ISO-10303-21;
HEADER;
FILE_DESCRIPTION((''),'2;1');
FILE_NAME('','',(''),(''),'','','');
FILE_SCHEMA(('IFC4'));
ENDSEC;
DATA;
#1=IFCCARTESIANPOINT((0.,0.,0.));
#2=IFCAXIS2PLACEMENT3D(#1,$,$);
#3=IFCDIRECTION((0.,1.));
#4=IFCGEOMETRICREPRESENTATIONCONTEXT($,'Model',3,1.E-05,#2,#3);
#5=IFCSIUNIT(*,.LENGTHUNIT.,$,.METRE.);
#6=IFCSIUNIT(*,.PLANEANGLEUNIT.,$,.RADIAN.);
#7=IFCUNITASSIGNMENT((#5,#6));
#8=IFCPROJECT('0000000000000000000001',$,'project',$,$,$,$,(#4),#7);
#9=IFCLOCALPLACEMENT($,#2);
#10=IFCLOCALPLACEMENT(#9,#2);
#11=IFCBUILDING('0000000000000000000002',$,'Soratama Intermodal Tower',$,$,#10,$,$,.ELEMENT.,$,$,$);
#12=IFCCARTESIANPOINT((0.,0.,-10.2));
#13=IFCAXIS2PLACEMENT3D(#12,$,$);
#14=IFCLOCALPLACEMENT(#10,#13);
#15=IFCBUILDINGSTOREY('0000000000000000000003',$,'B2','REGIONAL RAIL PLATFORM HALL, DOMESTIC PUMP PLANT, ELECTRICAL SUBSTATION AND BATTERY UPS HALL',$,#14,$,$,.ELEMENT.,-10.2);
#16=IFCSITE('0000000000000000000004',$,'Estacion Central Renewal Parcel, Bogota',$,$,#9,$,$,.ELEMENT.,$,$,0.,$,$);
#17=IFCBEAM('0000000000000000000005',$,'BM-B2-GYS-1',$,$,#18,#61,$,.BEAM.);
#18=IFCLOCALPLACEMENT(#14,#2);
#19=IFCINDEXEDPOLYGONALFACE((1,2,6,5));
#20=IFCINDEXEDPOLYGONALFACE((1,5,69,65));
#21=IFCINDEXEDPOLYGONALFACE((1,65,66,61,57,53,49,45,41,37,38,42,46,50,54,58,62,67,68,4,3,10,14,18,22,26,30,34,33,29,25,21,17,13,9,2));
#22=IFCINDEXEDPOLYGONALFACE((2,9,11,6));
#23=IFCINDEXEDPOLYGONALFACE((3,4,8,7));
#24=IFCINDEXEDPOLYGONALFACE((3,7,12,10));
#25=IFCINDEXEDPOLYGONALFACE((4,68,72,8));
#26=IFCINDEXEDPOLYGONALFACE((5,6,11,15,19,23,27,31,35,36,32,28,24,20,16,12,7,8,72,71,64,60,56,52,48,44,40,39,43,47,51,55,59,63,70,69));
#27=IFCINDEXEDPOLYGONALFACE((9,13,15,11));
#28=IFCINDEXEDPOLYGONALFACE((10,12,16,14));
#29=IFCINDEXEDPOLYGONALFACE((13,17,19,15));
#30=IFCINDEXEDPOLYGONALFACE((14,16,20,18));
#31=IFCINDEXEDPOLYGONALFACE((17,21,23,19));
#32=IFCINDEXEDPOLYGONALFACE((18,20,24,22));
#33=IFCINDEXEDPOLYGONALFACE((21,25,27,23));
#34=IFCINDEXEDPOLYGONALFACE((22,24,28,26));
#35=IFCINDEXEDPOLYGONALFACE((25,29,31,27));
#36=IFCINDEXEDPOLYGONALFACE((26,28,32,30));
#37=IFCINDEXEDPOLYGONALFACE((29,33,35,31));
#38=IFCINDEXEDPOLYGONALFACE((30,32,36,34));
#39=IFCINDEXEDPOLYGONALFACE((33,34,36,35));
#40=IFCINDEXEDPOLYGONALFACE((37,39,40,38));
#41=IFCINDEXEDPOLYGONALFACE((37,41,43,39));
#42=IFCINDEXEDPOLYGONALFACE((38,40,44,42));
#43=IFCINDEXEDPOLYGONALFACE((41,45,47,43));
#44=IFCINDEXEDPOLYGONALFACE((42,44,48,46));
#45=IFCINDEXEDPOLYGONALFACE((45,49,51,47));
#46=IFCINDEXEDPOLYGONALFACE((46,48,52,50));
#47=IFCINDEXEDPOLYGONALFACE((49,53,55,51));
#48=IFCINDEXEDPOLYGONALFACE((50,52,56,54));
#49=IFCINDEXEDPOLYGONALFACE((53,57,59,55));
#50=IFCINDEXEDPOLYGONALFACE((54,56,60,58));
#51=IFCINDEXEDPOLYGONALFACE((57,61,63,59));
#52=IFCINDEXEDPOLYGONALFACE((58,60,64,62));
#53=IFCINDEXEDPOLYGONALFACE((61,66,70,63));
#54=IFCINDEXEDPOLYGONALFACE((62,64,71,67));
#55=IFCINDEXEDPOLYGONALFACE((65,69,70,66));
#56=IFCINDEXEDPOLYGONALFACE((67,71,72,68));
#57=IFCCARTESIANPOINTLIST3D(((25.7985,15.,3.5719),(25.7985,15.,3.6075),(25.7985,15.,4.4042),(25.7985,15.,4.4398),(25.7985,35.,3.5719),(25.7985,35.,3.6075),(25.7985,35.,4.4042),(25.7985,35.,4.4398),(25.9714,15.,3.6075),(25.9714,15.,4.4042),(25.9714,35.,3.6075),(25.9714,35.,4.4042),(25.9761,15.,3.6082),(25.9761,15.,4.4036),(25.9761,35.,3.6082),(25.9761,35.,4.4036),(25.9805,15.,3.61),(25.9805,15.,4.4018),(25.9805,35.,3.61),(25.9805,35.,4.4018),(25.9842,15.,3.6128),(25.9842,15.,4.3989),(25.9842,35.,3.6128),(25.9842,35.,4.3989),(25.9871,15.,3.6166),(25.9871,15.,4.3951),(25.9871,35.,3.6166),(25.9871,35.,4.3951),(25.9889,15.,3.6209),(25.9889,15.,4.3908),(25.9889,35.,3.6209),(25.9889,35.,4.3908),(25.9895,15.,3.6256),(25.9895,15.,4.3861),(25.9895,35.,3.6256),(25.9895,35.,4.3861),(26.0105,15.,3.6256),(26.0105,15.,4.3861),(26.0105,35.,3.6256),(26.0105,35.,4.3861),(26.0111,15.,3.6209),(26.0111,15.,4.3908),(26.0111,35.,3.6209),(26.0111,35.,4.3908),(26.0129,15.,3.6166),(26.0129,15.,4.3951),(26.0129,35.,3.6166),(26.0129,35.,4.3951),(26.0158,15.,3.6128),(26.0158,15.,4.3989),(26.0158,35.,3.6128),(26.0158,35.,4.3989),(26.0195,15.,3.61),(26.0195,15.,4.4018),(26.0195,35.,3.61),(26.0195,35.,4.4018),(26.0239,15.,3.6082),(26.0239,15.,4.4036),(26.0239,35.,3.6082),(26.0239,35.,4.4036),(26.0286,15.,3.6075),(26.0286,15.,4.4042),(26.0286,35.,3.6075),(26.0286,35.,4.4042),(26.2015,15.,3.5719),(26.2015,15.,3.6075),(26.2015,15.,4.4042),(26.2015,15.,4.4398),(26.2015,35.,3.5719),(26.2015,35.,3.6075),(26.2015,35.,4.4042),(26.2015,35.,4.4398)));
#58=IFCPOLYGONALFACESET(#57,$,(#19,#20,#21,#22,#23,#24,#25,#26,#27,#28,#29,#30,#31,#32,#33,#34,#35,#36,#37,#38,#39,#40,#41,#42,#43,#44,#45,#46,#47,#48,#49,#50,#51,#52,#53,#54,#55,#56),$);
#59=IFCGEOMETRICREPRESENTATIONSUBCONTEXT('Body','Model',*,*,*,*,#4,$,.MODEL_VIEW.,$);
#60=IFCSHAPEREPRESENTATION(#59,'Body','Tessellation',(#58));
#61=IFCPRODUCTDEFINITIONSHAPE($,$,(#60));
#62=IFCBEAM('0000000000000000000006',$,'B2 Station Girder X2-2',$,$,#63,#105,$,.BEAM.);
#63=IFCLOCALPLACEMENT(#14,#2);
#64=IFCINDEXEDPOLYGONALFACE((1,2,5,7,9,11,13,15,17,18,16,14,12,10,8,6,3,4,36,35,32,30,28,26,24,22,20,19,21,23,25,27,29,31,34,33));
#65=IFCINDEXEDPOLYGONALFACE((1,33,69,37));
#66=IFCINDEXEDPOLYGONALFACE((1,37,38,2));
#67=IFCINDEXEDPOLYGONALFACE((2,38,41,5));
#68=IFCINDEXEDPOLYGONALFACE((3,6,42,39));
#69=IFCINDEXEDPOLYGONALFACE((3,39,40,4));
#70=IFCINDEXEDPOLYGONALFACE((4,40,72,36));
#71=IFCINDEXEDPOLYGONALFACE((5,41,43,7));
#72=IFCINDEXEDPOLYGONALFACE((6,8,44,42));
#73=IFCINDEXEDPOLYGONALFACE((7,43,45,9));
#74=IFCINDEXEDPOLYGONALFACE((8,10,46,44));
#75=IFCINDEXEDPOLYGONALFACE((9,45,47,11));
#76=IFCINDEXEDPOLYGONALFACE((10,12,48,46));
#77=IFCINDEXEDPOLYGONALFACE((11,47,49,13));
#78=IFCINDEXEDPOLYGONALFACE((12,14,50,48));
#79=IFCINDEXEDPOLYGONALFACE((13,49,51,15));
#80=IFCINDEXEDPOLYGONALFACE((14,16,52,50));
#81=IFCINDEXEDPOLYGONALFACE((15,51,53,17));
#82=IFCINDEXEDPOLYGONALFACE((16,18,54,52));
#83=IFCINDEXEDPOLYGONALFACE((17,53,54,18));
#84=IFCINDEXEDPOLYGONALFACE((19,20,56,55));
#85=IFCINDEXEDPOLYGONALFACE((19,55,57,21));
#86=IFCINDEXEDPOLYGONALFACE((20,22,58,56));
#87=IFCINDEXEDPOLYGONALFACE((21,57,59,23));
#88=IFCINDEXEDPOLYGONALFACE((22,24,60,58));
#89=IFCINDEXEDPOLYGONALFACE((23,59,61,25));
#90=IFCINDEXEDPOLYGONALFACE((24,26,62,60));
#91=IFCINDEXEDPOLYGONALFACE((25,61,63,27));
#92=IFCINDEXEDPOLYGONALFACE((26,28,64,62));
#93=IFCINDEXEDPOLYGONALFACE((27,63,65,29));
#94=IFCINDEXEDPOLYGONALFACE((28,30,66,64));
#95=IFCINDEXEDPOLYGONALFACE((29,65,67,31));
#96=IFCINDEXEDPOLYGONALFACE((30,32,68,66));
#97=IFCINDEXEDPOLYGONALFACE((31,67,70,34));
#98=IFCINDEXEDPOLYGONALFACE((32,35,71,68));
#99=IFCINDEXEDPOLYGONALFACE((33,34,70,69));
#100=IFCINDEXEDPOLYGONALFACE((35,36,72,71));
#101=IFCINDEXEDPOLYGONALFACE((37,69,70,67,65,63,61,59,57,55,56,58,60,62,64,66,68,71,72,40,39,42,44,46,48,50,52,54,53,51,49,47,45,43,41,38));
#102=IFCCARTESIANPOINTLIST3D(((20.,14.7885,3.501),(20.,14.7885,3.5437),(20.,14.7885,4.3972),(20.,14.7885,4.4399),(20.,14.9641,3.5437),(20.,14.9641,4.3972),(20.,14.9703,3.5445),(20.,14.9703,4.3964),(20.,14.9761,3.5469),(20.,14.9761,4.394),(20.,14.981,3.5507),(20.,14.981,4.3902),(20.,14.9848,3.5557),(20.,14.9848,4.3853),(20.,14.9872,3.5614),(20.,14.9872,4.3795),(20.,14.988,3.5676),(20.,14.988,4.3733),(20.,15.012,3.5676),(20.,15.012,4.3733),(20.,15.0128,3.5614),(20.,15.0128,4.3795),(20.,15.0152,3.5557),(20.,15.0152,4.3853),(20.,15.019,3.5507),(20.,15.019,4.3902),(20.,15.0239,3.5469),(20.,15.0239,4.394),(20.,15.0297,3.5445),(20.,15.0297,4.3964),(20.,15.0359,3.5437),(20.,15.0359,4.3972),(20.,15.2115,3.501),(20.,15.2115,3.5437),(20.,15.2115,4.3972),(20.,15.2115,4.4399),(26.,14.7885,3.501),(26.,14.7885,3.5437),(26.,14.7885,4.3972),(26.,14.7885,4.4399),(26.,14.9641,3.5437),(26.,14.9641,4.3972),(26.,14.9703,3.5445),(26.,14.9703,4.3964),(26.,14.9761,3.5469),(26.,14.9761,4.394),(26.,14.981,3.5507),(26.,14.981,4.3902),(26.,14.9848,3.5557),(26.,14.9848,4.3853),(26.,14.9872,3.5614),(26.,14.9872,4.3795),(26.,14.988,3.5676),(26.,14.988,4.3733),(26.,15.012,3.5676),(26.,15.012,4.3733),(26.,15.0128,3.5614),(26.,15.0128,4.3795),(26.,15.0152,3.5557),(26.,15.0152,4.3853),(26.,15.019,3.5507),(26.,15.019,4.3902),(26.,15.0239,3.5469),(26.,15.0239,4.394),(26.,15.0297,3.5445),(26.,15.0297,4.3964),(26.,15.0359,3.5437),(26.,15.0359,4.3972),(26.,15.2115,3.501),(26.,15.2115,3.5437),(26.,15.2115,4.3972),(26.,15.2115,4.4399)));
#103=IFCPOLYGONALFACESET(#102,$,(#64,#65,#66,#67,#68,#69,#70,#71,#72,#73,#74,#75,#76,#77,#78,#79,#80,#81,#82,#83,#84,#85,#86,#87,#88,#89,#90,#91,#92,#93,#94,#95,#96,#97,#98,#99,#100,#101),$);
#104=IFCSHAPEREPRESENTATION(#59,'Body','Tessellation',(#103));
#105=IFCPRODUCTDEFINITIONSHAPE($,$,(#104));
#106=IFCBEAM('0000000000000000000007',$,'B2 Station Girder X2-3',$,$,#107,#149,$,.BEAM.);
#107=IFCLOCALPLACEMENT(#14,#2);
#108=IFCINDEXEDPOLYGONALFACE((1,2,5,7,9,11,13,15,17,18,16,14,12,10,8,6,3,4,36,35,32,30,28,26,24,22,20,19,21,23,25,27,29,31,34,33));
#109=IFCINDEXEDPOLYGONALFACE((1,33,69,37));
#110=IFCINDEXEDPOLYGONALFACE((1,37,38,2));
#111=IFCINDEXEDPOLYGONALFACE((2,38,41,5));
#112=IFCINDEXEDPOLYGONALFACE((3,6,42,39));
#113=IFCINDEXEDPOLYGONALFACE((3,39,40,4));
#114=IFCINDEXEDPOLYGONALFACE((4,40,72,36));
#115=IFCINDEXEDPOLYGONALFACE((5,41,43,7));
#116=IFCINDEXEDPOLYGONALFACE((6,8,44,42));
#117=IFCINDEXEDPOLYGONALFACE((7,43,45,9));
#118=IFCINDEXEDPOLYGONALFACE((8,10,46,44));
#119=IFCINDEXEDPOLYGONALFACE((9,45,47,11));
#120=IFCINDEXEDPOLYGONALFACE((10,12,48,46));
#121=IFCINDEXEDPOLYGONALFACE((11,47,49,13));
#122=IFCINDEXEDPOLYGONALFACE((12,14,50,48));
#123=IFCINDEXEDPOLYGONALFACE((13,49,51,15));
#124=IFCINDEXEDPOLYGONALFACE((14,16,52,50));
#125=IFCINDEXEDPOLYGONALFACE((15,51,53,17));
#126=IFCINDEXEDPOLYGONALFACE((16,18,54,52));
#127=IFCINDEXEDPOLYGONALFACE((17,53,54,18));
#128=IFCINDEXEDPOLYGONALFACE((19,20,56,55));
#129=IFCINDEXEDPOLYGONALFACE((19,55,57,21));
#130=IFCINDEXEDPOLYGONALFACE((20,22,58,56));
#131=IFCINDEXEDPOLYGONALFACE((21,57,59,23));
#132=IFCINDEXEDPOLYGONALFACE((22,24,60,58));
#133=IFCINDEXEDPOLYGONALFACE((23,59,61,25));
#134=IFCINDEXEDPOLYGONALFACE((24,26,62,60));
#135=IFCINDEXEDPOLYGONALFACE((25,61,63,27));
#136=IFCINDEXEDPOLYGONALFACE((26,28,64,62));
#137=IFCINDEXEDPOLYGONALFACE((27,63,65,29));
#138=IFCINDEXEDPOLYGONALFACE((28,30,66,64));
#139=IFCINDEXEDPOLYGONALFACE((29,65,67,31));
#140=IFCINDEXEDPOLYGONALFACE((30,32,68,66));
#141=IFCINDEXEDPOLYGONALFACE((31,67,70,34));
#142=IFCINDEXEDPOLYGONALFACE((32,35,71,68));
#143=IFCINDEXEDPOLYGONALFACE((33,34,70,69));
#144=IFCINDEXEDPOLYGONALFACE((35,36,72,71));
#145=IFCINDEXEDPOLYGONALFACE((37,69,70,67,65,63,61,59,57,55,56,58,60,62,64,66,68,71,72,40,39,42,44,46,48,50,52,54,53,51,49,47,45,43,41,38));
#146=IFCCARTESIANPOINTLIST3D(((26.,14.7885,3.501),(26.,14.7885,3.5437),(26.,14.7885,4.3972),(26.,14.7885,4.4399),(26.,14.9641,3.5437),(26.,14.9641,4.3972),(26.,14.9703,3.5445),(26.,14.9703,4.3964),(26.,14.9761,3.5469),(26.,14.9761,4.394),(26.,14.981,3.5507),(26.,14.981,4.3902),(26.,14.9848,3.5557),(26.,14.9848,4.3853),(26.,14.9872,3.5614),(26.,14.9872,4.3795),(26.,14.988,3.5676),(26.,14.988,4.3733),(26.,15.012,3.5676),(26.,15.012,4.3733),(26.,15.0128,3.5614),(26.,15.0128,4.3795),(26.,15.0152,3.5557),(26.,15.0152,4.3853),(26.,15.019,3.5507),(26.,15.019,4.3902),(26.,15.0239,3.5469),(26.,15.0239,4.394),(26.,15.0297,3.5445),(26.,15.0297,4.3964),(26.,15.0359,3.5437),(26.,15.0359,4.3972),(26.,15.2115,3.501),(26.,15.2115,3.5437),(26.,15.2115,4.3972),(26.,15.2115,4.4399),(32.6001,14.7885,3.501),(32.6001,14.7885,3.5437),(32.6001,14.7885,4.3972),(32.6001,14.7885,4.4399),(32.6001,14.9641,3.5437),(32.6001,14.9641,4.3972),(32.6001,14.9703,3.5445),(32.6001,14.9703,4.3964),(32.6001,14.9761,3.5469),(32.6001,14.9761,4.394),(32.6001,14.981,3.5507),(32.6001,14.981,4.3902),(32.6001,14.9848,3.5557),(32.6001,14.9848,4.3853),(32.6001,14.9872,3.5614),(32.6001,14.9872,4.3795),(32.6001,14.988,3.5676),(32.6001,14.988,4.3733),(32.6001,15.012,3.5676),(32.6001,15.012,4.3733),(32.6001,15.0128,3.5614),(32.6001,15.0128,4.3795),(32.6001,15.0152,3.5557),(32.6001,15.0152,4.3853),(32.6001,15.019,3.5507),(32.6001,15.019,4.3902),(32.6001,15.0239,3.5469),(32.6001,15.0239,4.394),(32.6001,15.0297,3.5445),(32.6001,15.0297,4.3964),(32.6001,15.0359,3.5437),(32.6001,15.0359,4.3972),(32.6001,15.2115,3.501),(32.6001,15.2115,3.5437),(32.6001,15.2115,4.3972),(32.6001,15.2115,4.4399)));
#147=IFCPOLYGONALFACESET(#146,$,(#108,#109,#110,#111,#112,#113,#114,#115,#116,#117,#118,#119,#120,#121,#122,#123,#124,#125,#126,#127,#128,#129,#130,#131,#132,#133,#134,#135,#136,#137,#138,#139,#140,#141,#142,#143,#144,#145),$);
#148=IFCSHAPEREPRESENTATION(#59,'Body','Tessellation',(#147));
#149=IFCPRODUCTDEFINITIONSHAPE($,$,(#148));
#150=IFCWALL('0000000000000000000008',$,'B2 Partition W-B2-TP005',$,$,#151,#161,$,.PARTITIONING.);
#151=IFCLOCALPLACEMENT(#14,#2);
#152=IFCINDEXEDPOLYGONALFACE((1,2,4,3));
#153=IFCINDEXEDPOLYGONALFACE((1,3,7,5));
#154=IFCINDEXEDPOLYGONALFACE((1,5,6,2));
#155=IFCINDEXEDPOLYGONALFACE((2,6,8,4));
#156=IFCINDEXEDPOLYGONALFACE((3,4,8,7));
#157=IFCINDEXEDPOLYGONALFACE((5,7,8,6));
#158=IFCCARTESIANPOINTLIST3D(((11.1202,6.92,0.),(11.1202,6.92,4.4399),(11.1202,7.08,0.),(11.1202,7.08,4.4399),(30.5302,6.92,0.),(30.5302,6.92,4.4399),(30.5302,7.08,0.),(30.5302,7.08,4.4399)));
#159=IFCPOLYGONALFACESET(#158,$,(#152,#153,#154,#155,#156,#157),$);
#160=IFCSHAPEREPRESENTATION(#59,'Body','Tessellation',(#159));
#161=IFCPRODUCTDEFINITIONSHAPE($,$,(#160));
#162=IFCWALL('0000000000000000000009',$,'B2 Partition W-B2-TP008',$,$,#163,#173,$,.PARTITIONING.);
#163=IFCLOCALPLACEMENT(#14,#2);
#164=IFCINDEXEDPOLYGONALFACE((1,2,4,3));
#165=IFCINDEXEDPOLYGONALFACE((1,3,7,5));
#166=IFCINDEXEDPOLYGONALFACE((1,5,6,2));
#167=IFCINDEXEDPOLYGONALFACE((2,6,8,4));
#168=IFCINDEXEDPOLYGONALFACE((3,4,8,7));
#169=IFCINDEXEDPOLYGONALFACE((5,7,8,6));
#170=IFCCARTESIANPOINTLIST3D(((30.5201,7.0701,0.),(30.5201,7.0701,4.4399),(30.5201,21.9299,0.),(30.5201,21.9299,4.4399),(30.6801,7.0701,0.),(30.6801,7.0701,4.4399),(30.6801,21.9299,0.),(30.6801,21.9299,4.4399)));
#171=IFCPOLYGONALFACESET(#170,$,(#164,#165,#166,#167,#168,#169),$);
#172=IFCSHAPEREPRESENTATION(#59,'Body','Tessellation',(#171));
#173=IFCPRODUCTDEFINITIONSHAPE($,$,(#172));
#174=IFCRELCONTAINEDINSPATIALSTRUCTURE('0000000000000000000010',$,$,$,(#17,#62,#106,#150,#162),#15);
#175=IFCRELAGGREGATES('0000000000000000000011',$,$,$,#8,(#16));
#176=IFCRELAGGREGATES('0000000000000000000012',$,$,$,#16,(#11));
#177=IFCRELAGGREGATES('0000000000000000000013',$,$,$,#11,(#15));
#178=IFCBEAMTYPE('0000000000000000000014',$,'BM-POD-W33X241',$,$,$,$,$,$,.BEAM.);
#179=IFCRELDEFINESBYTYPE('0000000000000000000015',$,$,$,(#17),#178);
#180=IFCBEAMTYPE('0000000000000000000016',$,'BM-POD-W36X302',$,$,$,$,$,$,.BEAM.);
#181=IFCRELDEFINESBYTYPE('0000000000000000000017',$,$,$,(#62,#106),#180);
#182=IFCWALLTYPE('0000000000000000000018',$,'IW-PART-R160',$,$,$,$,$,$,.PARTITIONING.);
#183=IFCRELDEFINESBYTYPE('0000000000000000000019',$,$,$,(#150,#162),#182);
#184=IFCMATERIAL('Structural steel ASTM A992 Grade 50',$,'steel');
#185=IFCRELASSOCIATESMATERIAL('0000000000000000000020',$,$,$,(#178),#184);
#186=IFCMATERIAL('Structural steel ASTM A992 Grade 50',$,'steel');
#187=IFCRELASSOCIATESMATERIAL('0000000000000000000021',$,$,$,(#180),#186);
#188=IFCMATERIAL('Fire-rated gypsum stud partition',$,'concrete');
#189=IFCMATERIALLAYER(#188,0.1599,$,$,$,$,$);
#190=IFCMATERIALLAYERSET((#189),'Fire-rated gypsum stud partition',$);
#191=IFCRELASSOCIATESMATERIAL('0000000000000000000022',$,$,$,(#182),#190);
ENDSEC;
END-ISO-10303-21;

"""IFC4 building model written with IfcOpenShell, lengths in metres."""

from ifc_helpers import new_model, si_unit, direction, frame, frame_2d, origin, origin_2d, place, context, subcontext, project, spatial, rectangle, i_section, extrude, material, layer, layer_set, material_profile, profile_set, type_object, element, save


model = new_model("IFC4")

# Units and contexts
model_context = context("Model", 3, precision=1e-05, world=origin(), true_north=direction((0.0, 1.0)))
body_context = subcontext(model_context, "Body", "Model", "MODEL_VIEW")
ifc_project = project(units=[si_unit("LENGTHUNIT", "METRE"), si_unit("PLANEANGLEUNIT", "RADIAN")], contexts=[model_context])

# Site, building, storey
site_placement = place(None, origin())
site = spatial("IfcSite", under=ifc_project, at=site_placement, Name="Estacion Central Renewal Parcel, Bogota", CompositionType="ELEMENT", RefElevation=0.0)
building_placement = place(site_placement, origin())
building = spatial("IfcBuilding", under=site, at=building_placement, Name="Soratama Intermodal Tower", CompositionType="ELEMENT")
storey_placement = place(building_placement, frame((0.0, 0.0, -10.2)))
storey = spatial("IfcBuildingStorey", under=building, at=storey_placement, Name="B2", Description="REGIONAL RAIL PLATFORM HALL, DOMESTIC PUMP PLANT, ELECTRICAL SUBSTATION AND BATTERY UPS HALL", CompositionType="ELEMENT", Elevation=-10.2)

# Beams
ifc_material_1 = material(Name="Structural steel ASTM A992 Grade 50", Category="steel")
ifc_material_profile_1 = material_profile(ifc_material_1, i_section(OverallWidth=0.4031, OverallDepth=0.8679, WebThickness=0.021, FlangeThickness=0.0356, FilletRadius=0.0181, at=origin_2d()), Name="W33X241")
ifc_profile_set_1 = profile_set([ifc_material_profile_1], Name="Structural steel ASTM A992 Grade 50")
beam_type_1 = type_object("IfcBeamType", Name="BM-POD-W33X241", PredefinedType="BEAM", material=ifc_profile_set_1)
beam_1_placement = place(storey_placement, frame((26.0, 15.0, 4.0059), z_axis=(0.0, 1.0, 0.0), x_axis=(-1.0, 0.0, 0.0)))
element("IfcBeam", 1, at=beam_1_placement, inside=storey, type_object=beam_type_1, Name="BM-B2-GYS-1", PredefinedType="BEAM", context=body_context, shape_type="SweptSolid", body=[
    extrude(i_section(OverallWidth=0.4031, OverallDepth=0.8679, WebThickness=0.021, FlangeThickness=0.0356, FilletRadius=0.0181, at=origin_2d()), origin(), (0.0, 0.0, 1.0), 20.0),
])
ifc_material_2 = material(Name="Structural steel ASTM A992 Grade 50", Category="steel")
ifc_material_profile_2 = material_profile(ifc_material_2, i_section(OverallWidth=0.4231, OverallDepth=0.939, WebThickness=0.0239, FlangeThickness=0.0427, FilletRadius=0.0239, at=origin_2d()), Name="W36X302")
ifc_profile_set_2 = profile_set([ifc_material_profile_2], Name="Structural steel ASTM A992 Grade 50")
beam_type_2 = type_object("IfcBeamType", Name="BM-POD-W36X302", PredefinedType="BEAM", material=ifc_profile_set_2)
beam_2_placement = place(storey_placement, frame((20.0, 15.0, 3.9705), z_axis=(1.0, 0.0, 0.0), x_axis=(0.0, 1.0, 0.0)))
element("IfcBeam", 2, at=beam_2_placement, inside=storey, type_object=beam_type_2, Name="B2 Station Girder X2-2", PredefinedType="BEAM", context=body_context, shape_type="SweptSolid", body=[
    extrude(i_section(OverallWidth=0.4231, OverallDepth=0.939, WebThickness=0.0239, FlangeThickness=0.0427, FilletRadius=0.0239, at=origin_2d()), origin(), (0.0, 0.0, 1.0), 6.0),
])
beam_3_placement = place(storey_placement, frame((26.0, 15.0, 3.9705), z_axis=(1.0, 0.0, 0.0), x_axis=(0.0, 1.0, 0.0)))
element("IfcBeam", 3, at=beam_3_placement, inside=storey, type_object=beam_type_2, Name="B2 Station Girder X2-3", PredefinedType="BEAM", context=body_context, shape_type="SweptSolid", body=[
    extrude(i_section(OverallWidth=0.4231, OverallDepth=0.939, WebThickness=0.0239, FlangeThickness=0.0427, FilletRadius=0.0239, at=origin_2d()), origin(), (0.0, 0.0, 1.0), 6.6001),
])

# Walls
ifc_material_3 = material(Name="Fire-rated gypsum stud partition", Category="concrete")
ifc_layer_1 = layer(ifc_material_3, 0.1599)
ifc_layer_set_1 = layer_set([ifc_layer_1], Name="Fire-rated gypsum stud partition")
wall_type_1 = type_object("IfcWallType", Name="IW-PART-R160", PredefinedType="PARTITIONING", material=ifc_layer_set_1)
wall_1_placement = place(storey_placement, frame((11.1201, 7.0, 0.0), z_axis=(0.0, 0.0, 1.0), x_axis=(1.0, 0.0, 0.0)))
element("IfcWall", 4, at=wall_1_placement, inside=storey, type_object=wall_type_1, Name="B2 Partition W-B2-TP005", PredefinedType="PARTITIONING", context=body_context, shape_type="SweptSolid", body=[
    extrude(rectangle(XDim=19.4099, YDim=0.1599, at=frame_2d((9.7051, 0.0))), origin(), (0.0, 0.0, 1.0), 4.4399),
])
wall_2_placement = place(storey_placement, frame((30.6001, 7.0701, 0.0), z_axis=(0.0, 0.0, 1.0), x_axis=(0.0, 1.0, 0.0)))
element("IfcWall", 5, at=wall_2_placement, inside=storey, type_object=wall_type_1, Name="B2 Partition W-B2-TP008", PredefinedType="PARTITIONING", context=body_context, shape_type="SweptSolid", body=[
    extrude(rectangle(XDim=14.8599, YDim=0.1599, at=frame_2d((7.4299, 0.0))), origin(), (0.0, 0.0, 1.0), 4.4399),
])

save(model, "model.ifc")
